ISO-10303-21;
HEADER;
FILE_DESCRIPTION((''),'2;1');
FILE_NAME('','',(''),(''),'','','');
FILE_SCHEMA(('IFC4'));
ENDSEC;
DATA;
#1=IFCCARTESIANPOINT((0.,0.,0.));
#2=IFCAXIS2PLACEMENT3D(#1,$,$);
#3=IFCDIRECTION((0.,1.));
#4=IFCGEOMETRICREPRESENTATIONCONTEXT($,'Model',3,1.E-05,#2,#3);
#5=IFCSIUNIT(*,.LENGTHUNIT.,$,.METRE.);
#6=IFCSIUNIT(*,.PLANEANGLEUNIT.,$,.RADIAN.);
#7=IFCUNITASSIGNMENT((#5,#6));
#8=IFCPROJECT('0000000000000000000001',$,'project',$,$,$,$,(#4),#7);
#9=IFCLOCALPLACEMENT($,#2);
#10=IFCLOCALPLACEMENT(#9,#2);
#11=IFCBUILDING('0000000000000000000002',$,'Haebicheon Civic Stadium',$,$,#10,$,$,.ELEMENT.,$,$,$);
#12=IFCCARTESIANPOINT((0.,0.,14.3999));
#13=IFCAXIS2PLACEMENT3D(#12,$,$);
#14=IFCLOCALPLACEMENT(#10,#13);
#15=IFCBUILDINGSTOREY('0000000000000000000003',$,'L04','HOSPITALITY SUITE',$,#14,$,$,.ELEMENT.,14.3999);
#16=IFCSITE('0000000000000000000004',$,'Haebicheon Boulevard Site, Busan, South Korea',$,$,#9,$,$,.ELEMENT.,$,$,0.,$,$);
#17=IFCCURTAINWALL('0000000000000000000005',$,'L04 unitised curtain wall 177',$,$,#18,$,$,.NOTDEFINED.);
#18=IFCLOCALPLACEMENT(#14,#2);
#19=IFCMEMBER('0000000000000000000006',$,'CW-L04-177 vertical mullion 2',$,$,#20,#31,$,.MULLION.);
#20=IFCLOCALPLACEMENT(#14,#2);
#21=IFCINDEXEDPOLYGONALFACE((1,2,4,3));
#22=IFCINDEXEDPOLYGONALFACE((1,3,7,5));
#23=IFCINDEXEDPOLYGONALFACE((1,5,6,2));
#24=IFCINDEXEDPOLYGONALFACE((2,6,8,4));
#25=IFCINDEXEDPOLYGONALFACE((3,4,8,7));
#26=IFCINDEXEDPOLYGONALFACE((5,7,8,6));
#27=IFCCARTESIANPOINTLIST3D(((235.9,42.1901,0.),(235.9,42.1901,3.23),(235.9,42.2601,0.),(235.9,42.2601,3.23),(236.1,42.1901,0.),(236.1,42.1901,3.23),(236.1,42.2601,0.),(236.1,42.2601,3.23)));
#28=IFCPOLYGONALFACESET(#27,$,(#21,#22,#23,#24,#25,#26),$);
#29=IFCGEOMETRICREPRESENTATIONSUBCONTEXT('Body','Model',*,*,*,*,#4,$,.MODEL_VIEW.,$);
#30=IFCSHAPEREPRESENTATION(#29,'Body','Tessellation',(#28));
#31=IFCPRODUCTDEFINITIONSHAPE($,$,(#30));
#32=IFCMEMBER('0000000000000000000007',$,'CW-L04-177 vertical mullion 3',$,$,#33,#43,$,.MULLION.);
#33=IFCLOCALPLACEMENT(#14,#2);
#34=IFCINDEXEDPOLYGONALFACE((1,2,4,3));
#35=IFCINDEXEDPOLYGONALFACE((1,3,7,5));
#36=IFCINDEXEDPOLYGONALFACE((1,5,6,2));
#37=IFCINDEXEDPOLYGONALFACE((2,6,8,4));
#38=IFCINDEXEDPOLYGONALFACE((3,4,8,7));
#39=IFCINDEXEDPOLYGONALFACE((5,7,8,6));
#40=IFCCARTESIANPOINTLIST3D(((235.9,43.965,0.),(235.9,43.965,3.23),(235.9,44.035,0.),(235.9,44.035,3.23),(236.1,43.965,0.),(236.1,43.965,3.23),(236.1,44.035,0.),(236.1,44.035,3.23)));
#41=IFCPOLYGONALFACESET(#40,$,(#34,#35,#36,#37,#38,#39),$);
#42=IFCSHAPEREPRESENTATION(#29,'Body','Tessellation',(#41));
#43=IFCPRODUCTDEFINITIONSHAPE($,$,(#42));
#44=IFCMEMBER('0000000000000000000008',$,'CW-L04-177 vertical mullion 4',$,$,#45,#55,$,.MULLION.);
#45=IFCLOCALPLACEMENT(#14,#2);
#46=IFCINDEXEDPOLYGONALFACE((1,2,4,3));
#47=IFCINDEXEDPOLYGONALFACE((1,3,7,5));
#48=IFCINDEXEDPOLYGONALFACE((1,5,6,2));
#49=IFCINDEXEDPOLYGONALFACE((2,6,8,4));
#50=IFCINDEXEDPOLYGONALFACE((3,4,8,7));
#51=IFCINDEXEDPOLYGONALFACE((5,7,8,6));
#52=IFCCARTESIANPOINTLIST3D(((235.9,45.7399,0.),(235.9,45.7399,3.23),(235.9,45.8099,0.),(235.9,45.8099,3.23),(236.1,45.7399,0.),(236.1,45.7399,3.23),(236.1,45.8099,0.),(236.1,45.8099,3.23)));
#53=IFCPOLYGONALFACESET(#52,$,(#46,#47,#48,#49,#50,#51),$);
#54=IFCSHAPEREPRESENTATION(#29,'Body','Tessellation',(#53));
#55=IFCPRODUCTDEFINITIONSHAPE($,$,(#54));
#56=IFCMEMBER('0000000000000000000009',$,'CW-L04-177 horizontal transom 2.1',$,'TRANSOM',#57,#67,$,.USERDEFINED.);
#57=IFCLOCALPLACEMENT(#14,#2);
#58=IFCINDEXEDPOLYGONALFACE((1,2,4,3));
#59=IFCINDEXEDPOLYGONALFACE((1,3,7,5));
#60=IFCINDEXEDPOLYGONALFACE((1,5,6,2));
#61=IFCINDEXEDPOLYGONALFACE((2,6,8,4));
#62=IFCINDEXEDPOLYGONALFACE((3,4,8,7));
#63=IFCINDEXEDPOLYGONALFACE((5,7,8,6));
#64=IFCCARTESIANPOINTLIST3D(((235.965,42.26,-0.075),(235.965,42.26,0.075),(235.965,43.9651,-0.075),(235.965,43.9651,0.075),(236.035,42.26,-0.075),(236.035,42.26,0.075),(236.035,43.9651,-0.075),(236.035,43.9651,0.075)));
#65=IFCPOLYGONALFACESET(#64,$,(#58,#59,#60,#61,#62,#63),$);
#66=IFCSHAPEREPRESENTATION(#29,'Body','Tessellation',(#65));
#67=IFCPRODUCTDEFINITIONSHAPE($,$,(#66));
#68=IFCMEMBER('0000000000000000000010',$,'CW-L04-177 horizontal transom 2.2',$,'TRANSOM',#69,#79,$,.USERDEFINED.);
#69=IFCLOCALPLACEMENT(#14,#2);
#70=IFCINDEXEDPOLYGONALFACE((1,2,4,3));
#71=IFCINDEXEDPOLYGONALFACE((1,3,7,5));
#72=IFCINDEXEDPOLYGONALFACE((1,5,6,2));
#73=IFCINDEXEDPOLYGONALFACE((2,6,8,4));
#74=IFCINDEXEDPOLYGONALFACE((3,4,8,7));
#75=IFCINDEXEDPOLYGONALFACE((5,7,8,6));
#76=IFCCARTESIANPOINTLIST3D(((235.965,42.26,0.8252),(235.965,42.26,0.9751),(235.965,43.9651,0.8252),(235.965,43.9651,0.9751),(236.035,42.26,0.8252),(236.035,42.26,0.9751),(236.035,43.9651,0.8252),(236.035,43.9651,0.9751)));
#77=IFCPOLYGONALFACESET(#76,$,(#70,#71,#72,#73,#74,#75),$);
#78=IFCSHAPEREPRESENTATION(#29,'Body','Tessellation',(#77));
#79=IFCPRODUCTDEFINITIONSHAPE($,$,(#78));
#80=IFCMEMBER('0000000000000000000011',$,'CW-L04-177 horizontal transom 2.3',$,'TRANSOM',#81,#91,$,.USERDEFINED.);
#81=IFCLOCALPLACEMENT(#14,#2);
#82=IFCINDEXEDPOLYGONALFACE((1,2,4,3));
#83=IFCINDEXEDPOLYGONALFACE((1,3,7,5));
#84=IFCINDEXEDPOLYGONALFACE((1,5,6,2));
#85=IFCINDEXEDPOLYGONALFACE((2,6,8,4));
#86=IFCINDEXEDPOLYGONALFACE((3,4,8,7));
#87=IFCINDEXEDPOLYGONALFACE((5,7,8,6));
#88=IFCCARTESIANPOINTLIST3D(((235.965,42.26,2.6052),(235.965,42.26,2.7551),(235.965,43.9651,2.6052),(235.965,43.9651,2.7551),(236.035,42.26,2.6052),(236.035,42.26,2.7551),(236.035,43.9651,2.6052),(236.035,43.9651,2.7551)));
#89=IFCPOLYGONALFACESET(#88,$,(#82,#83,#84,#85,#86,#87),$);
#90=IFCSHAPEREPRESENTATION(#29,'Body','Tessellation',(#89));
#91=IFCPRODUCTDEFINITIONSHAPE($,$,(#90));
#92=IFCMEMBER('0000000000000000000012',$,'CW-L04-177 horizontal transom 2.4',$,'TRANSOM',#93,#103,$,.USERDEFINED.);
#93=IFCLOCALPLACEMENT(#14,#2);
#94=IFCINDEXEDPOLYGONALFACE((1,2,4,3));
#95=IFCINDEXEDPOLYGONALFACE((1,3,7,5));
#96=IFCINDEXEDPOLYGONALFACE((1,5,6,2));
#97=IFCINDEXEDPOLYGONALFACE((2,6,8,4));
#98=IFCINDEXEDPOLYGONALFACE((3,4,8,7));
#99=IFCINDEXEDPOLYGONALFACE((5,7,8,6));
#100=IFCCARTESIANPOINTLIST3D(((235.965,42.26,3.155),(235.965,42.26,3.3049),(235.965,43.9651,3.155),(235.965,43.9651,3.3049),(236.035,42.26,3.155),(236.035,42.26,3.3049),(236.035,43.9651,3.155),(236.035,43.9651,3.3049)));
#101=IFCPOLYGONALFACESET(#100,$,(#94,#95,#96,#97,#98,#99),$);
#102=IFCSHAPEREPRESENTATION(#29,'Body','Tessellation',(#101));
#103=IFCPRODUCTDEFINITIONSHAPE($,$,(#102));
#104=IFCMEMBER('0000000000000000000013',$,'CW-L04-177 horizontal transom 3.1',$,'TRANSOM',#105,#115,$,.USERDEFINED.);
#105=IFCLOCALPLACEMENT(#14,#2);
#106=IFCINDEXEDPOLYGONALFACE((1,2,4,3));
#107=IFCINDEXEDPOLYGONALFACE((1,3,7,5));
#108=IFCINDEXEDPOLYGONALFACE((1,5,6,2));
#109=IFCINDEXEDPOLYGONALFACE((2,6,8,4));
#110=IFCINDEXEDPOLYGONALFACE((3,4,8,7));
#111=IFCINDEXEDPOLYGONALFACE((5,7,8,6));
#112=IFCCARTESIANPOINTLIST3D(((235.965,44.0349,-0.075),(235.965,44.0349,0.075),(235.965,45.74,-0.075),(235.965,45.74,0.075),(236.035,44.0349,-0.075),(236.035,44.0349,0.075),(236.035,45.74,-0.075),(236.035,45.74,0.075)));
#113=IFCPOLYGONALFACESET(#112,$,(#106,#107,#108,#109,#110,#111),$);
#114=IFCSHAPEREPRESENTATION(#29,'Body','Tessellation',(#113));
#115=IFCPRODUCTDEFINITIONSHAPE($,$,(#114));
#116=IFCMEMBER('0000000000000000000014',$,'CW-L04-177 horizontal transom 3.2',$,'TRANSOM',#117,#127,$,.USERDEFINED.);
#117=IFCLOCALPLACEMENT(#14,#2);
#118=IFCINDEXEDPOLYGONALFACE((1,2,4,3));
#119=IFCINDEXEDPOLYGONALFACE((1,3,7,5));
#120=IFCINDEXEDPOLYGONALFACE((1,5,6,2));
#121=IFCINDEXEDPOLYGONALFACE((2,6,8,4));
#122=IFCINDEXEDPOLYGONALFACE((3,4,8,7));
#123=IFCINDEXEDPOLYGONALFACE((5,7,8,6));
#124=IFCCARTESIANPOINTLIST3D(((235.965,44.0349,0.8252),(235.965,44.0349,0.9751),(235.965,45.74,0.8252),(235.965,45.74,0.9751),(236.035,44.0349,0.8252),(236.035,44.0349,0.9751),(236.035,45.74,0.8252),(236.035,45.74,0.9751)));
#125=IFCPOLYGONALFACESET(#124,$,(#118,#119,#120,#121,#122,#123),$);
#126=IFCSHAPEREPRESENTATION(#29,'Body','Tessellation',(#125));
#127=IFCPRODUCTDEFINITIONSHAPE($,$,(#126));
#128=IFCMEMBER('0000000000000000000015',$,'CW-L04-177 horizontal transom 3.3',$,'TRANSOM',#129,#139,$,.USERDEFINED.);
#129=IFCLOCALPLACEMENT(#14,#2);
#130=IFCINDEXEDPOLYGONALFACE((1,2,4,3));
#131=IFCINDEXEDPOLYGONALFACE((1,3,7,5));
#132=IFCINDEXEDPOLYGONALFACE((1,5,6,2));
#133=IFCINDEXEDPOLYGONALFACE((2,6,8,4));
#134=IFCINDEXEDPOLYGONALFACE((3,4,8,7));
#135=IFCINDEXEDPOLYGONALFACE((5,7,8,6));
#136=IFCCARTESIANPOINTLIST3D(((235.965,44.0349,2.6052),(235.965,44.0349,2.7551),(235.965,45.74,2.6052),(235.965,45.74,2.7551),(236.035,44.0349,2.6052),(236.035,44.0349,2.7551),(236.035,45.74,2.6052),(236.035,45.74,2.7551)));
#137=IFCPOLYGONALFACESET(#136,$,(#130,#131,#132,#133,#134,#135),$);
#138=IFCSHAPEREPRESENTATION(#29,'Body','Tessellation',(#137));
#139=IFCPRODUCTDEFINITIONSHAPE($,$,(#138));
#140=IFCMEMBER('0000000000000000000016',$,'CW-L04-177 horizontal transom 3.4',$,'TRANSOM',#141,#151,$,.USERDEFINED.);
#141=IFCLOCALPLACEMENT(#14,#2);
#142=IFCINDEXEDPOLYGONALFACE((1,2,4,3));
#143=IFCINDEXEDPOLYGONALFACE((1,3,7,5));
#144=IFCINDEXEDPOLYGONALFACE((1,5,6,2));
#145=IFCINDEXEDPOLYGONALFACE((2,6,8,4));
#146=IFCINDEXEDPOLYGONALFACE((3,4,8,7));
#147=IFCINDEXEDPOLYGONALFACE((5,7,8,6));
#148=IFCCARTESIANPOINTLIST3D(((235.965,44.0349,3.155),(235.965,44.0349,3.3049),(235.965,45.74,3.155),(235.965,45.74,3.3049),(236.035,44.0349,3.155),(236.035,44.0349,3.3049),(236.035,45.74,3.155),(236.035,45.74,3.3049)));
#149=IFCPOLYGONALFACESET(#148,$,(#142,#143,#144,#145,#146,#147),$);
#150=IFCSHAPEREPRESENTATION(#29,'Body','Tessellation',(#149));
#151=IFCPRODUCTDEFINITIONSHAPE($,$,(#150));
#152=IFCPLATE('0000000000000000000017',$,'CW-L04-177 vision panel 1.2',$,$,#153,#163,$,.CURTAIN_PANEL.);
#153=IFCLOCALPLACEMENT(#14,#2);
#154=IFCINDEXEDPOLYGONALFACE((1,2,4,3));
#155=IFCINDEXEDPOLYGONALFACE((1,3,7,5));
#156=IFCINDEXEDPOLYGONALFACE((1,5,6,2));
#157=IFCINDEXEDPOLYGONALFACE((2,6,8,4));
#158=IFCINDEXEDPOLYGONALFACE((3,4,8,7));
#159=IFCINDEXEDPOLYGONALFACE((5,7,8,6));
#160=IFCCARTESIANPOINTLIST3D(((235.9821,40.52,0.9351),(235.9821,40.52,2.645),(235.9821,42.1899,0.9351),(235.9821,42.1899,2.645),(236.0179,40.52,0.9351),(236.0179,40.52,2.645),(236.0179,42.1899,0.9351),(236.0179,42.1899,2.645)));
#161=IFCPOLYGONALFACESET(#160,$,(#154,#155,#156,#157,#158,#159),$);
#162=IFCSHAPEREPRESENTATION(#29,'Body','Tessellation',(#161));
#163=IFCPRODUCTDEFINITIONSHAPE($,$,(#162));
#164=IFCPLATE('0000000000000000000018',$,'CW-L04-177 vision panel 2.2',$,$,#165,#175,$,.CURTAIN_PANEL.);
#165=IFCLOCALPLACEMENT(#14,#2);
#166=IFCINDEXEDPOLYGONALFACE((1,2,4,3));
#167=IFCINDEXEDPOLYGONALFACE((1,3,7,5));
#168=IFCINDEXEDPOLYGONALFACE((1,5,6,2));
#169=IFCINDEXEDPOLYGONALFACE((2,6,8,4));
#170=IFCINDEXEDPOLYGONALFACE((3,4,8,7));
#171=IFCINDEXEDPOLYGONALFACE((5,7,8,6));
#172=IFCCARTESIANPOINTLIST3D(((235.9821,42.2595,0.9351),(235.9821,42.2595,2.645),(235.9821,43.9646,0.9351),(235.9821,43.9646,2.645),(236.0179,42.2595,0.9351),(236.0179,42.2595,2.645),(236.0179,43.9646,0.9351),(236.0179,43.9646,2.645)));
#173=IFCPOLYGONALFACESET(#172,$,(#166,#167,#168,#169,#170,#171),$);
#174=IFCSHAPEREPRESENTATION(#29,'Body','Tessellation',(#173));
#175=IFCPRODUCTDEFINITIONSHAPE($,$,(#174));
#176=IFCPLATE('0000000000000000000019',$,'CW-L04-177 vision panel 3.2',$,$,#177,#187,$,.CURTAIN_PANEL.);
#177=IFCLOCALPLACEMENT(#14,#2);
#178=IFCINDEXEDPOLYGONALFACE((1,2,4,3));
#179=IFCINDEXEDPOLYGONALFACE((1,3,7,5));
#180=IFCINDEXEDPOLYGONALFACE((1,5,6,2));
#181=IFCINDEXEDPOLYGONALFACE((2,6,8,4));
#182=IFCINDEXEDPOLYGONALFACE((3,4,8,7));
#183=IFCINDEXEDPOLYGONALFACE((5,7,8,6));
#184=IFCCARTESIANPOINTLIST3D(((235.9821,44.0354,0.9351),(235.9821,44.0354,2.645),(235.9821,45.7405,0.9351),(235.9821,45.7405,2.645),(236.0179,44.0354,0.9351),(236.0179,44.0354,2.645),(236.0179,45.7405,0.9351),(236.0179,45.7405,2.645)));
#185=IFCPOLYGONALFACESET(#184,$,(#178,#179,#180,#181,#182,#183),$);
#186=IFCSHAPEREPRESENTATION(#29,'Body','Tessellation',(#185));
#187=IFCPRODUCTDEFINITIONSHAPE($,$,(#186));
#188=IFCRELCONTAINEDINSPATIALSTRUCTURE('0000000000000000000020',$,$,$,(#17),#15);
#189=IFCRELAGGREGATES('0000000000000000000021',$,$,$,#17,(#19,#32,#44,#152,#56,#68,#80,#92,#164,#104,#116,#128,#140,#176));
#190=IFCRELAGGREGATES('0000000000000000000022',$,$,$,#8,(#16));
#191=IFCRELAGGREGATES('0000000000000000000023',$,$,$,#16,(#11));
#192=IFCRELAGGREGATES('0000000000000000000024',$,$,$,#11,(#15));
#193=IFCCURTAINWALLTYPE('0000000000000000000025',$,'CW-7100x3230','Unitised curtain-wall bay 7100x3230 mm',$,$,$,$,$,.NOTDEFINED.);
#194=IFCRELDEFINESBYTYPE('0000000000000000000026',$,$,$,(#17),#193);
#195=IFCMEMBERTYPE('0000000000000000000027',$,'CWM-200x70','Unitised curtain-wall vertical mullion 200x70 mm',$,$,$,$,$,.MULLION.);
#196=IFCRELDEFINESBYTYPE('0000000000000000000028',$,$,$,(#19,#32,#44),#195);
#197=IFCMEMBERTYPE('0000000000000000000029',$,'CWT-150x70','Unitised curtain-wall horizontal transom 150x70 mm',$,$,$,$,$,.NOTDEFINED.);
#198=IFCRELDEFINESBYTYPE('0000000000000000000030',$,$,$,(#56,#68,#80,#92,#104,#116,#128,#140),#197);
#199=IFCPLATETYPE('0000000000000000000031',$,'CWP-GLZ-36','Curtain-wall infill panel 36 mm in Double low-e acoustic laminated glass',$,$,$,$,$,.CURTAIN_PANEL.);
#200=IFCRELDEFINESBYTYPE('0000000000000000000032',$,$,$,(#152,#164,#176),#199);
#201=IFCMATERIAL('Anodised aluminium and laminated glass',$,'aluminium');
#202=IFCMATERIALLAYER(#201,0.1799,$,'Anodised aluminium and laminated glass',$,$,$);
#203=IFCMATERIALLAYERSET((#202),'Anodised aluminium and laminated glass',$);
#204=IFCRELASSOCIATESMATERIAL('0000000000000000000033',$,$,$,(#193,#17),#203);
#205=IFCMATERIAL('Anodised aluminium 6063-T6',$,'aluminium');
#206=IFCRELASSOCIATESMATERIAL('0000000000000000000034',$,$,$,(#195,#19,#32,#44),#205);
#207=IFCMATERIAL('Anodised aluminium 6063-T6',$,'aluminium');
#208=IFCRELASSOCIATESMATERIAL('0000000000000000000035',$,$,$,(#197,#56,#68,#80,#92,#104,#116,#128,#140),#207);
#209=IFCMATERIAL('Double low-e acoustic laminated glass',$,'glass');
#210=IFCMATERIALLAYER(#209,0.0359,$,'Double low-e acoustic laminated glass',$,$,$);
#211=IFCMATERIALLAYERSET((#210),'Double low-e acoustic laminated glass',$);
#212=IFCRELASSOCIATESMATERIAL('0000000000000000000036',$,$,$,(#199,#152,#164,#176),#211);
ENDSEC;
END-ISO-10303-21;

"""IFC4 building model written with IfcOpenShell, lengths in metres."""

from ifc_helpers import new_model, si_unit, direction, frame, origin, origin_2d, place, context, subcontext, project, spatial, rectangle, extrude, material, layer, layer_set, material_profile, profile_set, type_object, element, aggregate, save


model = new_model("IFC4")

# Units and contexts
model_context = context("Model", 3, precision=1e-05, world=origin(), true_north=direction((0.0, 1.0)))
body_context = subcontext(model_context, "Body", "Model", "MODEL_VIEW")
ifc_project = project(units=[si_unit("LENGTHUNIT", "METRE"), si_unit("PLANEANGLEUNIT", "RADIAN")], contexts=[model_context])

# Site, building, storey
site_placement = place(None, origin())
site = spatial("IfcSite", under=ifc_project, at=site_placement, Name="Haebicheon Boulevard Site, Busan, South Korea", CompositionType="ELEMENT", RefElevation=0.0)
building_placement = place(site_placement, origin())
building = spatial("IfcBuilding", under=site, at=building_placement, Name="Haebicheon Civic Stadium", CompositionType="ELEMENT")
storey_placement = place(building_placement, frame((0.0, 0.0, 14.3999)))
storey = spatial("IfcBuildingStorey", under=building, at=storey_placement, Name="L04", Description="HOSPITALITY SUITE", CompositionType="ELEMENT", Elevation=14.3999)

# Curtain wall, members, plates
ifc_material_1 = material(Name="Anodised aluminium and laminated glass", Category="aluminium")
ifc_layer_1 = layer(ifc_material_1, 0.1799, Name="Anodised aluminium and laminated glass")
ifc_layer_set_1 = layer_set([ifc_layer_1], Name="Anodised aluminium and laminated glass")
curtain_wall_type = type_object("IfcCurtainWallType", Name="CW-7100x3230", Description="Unitised curtain-wall bay 7100x3230 mm", PredefinedType="NOTDEFINED", material=ifc_layer_set_1)
curtain_wall_placement = place(storey_placement, origin())
curtain_wall = element("IfcCurtainWall", 1, at=curtain_wall_placement, inside=storey, type_object=curtain_wall_type, material=ifc_layer_set_1, Name="L04 unitised curtain wall 177", PredefinedType="NOTDEFINED")
ifc_material_2 = material(Name="Anodised aluminium 6063-T6", Category="aluminium")
ifc_material_profile_1 = material_profile(ifc_material_2, rectangle(XDim=0.0701, YDim=0.2, at=origin_2d()), Name="ALU-MULL-70x200")
ifc_profile_set_1 = profile_set([ifc_material_profile_1], Name="Anodised aluminium 6063-T6")
member_type_1 = type_object("IfcMemberType", Name="CWM-200x70", Description="Unitised curtain-wall vertical mullion 200x70 mm", PredefinedType="MULLION", material=ifc_profile_set_1)
member_1_placement = place(storey_placement, frame((236.0, 42.2251, 0.0), z_axis=(0.0, 0.0, 1.0), x_axis=(0.0, 1.0, 0.0)))
member_1 = element("IfcMember", 2, at=member_1_placement, type_object=member_type_1, material=ifc_profile_set_1, Name="CW-L04-177 vertical mullion 2", PredefinedType="MULLION", context=body_context, shape_type="SweptSolid", body=[
    extrude(rectangle(XDim=0.0701, YDim=0.2, at=origin_2d()), origin(), (0.0, 0.0, 1.0), 3.23),
])
member_2_placement = place(storey_placement, frame((236.0, 44.0, 0.0), z_axis=(0.0, 0.0, 1.0), x_axis=(0.0, 1.0, 0.0)))
member_2 = element("IfcMember", 3, at=member_2_placement, type_object=member_type_1, material=ifc_profile_set_1, Name="CW-L04-177 vertical mullion 3", PredefinedType="MULLION", context=body_context, shape_type="SweptSolid", body=[
    extrude(rectangle(XDim=0.0701, YDim=0.2, at=origin_2d()), origin(), (0.0, 0.0, 1.0), 3.23),
])
member_3_placement = place(storey_placement, frame((236.0, 45.7749, 0.0), z_axis=(0.0, 0.0, 1.0), x_axis=(0.0, 1.0, 0.0)))
member_3 = element("IfcMember", 4, at=member_3_placement, type_object=member_type_1, material=ifc_profile_set_1, Name="CW-L04-177 vertical mullion 4", PredefinedType="MULLION", context=body_context, shape_type="SweptSolid", body=[
    extrude(rectangle(XDim=0.0701, YDim=0.2, at=origin_2d()), origin(), (0.0, 0.0, 1.0), 3.23),
])
ifc_material_3 = material(Name="Anodised aluminium 6063-T6", Category="aluminium")
ifc_material_profile_2 = material_profile(ifc_material_3, rectangle(XDim=0.0701, YDim=0.1499, at=origin_2d()), Name="ALU-TRAN-70x150")
ifc_profile_set_2 = profile_set([ifc_material_profile_2], Name="Anodised aluminium 6063-T6")
member_type_2 = type_object("IfcMemberType", Name="CWT-150x70", Description="Unitised curtain-wall horizontal transom 150x70 mm", PredefinedType="NOTDEFINED", material=ifc_profile_set_2)
member_4_placement = place(storey_placement, frame((236.0, 42.26, 0.0), z_axis=(0.0, 1.0, 0.0), x_axis=(-1.0, 0.0, 0.0)))
member_4 = element("IfcMember", 5, at=member_4_placement, type_object=member_type_2, material=ifc_profile_set_2, Name="CW-L04-177 horizontal transom 2.1", ObjectType="TRANSOM", PredefinedType="USERDEFINED", context=body_context, shape_type="SweptSolid", body=[
    extrude(rectangle(XDim=0.0701, YDim=0.1499, at=origin_2d()), origin(), (0.0, 0.0, 1.0), 1.7051),
])
member_5_placement = place(storey_placement, frame((236.0, 42.26, 0.9001), z_axis=(0.0, 1.0, 0.0), x_axis=(-1.0, 0.0, 0.0)))
member_5 = element("IfcMember", 6, at=member_5_placement, type_object=member_type_2, material=ifc_profile_set_2, Name="CW-L04-177 horizontal transom 2.2", ObjectType="TRANSOM", PredefinedType="USERDEFINED", context=body_context, shape_type="SweptSolid", body=[
    extrude(rectangle(XDim=0.0701, YDim=0.1499, at=origin_2d()), origin(), (0.0, 0.0, 1.0), 1.7051),
])
member_6_placement = place(storey_placement, frame((236.0, 42.26, 2.6802), z_axis=(0.0, 1.0, 0.0), x_axis=(-1.0, 0.0, 0.0)))
member_6 = element("IfcMember", 7, at=member_6_placement, type_object=member_type_2, material=ifc_profile_set_2, Name="CW-L04-177 horizontal transom 2.3", ObjectType="TRANSOM", PredefinedType="USERDEFINED", context=body_context, shape_type="SweptSolid", body=[
    extrude(rectangle(XDim=0.0701, YDim=0.1499, at=origin_2d()), origin(), (0.0, 0.0, 1.0), 1.7051),
])
member_7_placement = place(storey_placement, frame((236.0, 42.26, 3.23), z_axis=(0.0, 1.0, 0.0), x_axis=(-1.0, 0.0, 0.0)))
member_7 = element("IfcMember", 8, at=member_7_placement, type_object=member_type_2, material=ifc_profile_set_2, Name="CW-L04-177 horizontal transom 2.4", ObjectType="TRANSOM", PredefinedType="USERDEFINED", context=body_context, shape_type="SweptSolid", body=[
    extrude(rectangle(XDim=0.0701, YDim=0.1499, at=origin_2d()), origin(), (0.0, 0.0, 1.0), 1.7051),
])
member_8_placement = place(storey_placement, frame((236.0, 44.0349, 0.0), z_axis=(0.0, 1.0, 0.0), x_axis=(-1.0, 0.0, 0.0)))
member_8 = element("IfcMember", 9, at=member_8_placement, type_object=member_type_2, material=ifc_profile_set_2, Name="CW-L04-177 horizontal transom 3.1", ObjectType="TRANSOM", PredefinedType="USERDEFINED", context=body_context, shape_type="SweptSolid", body=[
    extrude(rectangle(XDim=0.0701, YDim=0.1499, at=origin_2d()), origin(), (0.0, 0.0, 1.0), 1.7051),
])
member_9_placement = place(storey_placement, frame((236.0, 44.0349, 0.9001), z_axis=(0.0, 1.0, 0.0), x_axis=(-1.0, 0.0, 0.0)))
member_9 = element("IfcMember", 10, at=member_9_placement, type_object=member_type_2, material=ifc_profile_set_2, Name="CW-L04-177 horizontal transom 3.2", ObjectType="TRANSOM", PredefinedType="USERDEFINED", context=body_context, shape_type="SweptSolid", body=[
    extrude(rectangle(XDim=0.0701, YDim=0.1499, at=origin_2d()), origin(), (0.0, 0.0, 1.0), 1.7051),
])
member_10_placement = place(storey_placement, frame((236.0, 44.0349, 2.6802), z_axis=(0.0, 1.0, 0.0), x_axis=(-1.0, 0.0, 0.0)))
member_10 = element("IfcMember", 11, at=member_10_placement, type_object=member_type_2, material=ifc_profile_set_2, Name="CW-L04-177 horizontal transom 3.3", ObjectType="TRANSOM", PredefinedType="USERDEFINED", context=body_context, shape_type="SweptSolid", body=[
    extrude(rectangle(XDim=0.0701, YDim=0.1499, at=origin_2d()), origin(), (0.0, 0.0, 1.0), 1.7051),
])
member_11_placement = place(storey_placement, frame((236.0, 44.0349, 3.23), z_axis=(0.0, 1.0, 0.0), x_axis=(-1.0, 0.0, 0.0)))
member_11 = element("IfcMember", 12, at=member_11_placement, type_object=member_type_2, material=ifc_profile_set_2, Name="CW-L04-177 horizontal transom 3.4", ObjectType="TRANSOM", PredefinedType="USERDEFINED", context=body_context, shape_type="SweptSolid", body=[
    extrude(rectangle(XDim=0.0701, YDim=0.1499, at=origin_2d()), origin(), (0.0, 0.0, 1.0), 1.7051),
])
ifc_material_4 = material(Name="Double low-e acoustic laminated glass", Category="glass")
ifc_layer_2 = layer(ifc_material_4, 0.0359, Name="Double low-e acoustic laminated glass")
ifc_layer_set_2 = layer_set([ifc_layer_2], Name="Double low-e acoustic laminated glass")
plate_type_1 = type_object("IfcPlateType", Name="CWP-GLZ-36", Description="Curtain-wall infill panel 36 mm in Double low-e acoustic laminated glass", PredefinedType="CURTAIN_PANEL", material=ifc_layer_set_2)
plate_1_placement = place(storey_placement, frame((236.0, 41.355, 0.9351), z_axis=(0.0, 0.0, 1.0), x_axis=(0.0, 1.0, 0.0)))
plate_1 = element("IfcPlate", 13, at=plate_1_placement, type_object=plate_type_1, material=ifc_layer_set_2, Name="CW-L04-177 vision panel 1.2", PredefinedType="CURTAIN_PANEL", context=body_context, shape_type="SweptSolid", body=[
    extrude(rectangle(XDim=1.6699, YDim=0.0359, at=origin_2d()), origin(), (0.0, 0.0, 1.0), 1.71),
])
plate_2_placement = place(storey_placement, frame((236.0, 43.1121, 0.9351), z_axis=(0.0, 0.0, 1.0), x_axis=(0.0, 1.0, 0.0)))
plate_2 = element("IfcPlate", 14, at=plate_2_placement, type_object=plate_type_1, material=ifc_layer_set_2, Name="CW-L04-177 vision panel 2.2", PredefinedType="CURTAIN_PANEL", context=body_context, shape_type="SweptSolid", body=[
    extrude(rectangle(XDim=1.7051, YDim=0.0359, at=origin_2d()), origin(), (0.0, 0.0, 1.0), 1.71),
])
plate_3_placement = place(storey_placement, frame((236.0, 44.8879, 0.9351), z_axis=(0.0, 0.0, 1.0), x_axis=(0.0, 1.0, 0.0)))
plate_3 = element("IfcPlate", 15, at=plate_3_placement, type_object=plate_type_1, material=ifc_layer_set_2, Name="CW-L04-177 vision panel 3.2", PredefinedType="CURTAIN_PANEL", context=body_context, shape_type="SweptSolid", body=[
    extrude(rectangle(XDim=1.7051, YDim=0.0359, at=origin_2d()), origin(), (0.0, 0.0, 1.0), 1.71),
])
aggregate(curtain_wall, [member_1, member_2, member_3, plate_1, member_4, member_5, member_6, member_7, plate_2, member_8, member_9, member_10, member_11, plate_3])

save(model, "model.ifc")
